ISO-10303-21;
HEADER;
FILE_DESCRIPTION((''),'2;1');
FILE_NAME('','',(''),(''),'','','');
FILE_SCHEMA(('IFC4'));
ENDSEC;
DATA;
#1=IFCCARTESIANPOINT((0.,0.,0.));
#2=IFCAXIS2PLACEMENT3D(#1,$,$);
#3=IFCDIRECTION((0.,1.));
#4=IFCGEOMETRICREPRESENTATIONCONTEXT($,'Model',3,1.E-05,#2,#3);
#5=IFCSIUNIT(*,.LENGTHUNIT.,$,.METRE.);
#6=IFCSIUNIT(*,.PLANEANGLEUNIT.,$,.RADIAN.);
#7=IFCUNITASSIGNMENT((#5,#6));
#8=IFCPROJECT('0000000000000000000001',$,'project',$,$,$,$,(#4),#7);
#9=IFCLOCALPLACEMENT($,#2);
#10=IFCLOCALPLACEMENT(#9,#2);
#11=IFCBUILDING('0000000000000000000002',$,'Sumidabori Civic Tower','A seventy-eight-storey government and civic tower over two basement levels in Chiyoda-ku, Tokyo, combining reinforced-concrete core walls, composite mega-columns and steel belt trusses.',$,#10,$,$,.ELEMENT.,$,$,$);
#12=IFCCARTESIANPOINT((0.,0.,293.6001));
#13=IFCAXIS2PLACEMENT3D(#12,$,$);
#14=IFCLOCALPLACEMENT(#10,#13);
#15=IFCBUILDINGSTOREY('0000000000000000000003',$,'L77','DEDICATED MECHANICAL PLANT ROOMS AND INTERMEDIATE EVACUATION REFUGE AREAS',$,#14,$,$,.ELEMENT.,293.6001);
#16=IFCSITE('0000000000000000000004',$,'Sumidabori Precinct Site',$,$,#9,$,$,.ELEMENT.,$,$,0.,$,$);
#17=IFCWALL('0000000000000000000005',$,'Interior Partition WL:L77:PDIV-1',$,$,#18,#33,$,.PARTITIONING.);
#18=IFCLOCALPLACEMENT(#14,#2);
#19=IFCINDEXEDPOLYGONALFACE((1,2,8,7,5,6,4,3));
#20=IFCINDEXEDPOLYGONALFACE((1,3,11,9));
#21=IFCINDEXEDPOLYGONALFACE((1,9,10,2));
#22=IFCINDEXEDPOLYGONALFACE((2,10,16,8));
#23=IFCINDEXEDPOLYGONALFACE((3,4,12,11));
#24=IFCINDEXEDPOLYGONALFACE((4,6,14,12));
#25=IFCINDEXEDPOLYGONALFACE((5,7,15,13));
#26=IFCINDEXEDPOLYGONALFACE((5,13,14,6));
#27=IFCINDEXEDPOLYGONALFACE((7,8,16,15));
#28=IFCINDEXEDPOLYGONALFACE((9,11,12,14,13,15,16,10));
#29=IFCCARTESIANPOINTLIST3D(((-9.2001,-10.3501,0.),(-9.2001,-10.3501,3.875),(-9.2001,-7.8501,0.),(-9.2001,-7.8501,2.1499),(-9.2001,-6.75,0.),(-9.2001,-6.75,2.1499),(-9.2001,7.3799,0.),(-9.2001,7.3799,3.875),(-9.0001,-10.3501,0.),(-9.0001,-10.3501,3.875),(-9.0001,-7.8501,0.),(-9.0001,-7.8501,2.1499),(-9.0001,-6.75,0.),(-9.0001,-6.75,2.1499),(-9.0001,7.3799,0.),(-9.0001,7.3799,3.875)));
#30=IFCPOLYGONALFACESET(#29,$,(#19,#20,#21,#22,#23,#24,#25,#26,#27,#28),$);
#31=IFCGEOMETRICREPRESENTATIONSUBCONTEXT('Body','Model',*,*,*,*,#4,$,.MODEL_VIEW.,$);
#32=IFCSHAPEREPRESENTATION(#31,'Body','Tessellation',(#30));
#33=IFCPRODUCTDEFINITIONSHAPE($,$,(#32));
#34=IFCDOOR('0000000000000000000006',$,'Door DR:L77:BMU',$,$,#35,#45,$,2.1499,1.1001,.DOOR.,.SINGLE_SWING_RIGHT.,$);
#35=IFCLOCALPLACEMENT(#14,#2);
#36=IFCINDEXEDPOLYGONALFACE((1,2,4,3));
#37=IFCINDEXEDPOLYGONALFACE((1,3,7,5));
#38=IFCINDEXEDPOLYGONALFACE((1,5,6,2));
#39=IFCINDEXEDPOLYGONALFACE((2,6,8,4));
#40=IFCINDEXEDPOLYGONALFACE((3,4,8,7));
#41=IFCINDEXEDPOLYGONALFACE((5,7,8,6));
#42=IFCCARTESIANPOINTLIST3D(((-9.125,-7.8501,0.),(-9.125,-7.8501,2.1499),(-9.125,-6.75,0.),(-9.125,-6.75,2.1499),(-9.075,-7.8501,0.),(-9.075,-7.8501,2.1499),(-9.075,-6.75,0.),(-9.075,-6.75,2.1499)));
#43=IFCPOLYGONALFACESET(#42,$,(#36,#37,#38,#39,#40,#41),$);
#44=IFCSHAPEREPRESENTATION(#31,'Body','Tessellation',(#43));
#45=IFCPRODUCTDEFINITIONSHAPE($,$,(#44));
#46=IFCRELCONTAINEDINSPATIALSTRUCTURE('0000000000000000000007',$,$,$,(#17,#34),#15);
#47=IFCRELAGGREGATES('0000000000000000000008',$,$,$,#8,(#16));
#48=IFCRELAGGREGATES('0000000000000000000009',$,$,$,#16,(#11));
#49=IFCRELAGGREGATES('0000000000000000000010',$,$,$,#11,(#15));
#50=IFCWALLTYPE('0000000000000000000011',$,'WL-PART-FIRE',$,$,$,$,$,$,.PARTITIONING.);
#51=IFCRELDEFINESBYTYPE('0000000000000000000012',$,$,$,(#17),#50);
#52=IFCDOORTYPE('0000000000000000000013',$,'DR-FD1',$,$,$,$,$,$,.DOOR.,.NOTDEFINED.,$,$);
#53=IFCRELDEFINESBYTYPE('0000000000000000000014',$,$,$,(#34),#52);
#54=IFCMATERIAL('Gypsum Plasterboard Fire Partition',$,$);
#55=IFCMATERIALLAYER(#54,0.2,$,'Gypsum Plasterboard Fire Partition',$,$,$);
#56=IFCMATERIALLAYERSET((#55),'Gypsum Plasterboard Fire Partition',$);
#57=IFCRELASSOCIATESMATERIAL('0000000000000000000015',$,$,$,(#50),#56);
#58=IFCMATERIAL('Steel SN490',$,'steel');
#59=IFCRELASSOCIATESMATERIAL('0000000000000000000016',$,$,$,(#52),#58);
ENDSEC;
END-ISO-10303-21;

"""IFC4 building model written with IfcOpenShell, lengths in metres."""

from ifc_helpers import new_model, si_unit, direction, frame, frame_2d, origin, place, context, subcontext, project, spatial, rectangle, extrude, source, transform, mapped, material, layer, layer_set, type_object, element, fill, save


model = new_model("IFC4")

# Units and contexts
model_context = context("Model", 3, precision=1e-05, world=origin(), true_north=direction((0.0, 1.0)))
body_context = subcontext(model_context, "Body", "Model", "MODEL_VIEW")
ifc_project = project(units=[si_unit("LENGTHUNIT", "METRE"), si_unit("PLANEANGLEUNIT", "RADIAN")], contexts=[model_context])

# Site, building, storey
site_placement = place(None, origin())
site = spatial("IfcSite", under=ifc_project, at=site_placement, Name="Sumidabori Precinct Site", CompositionType="ELEMENT", RefElevation=0.0)
building_placement = place(site_placement, origin())
building = spatial("IfcBuilding", under=site, at=building_placement, Name="Sumidabori Civic Tower", Description="A seventy-eight-storey government and civic tower over two basement levels in Chiyoda-ku, Tokyo, combining reinforced-concrete core walls, composite mega-columns and steel belt trusses.", CompositionType="ELEMENT")
storey_placement = place(building_placement, frame((0.0, 0.0, 293.6001)))
storey = spatial("IfcBuildingStorey", under=building, at=storey_placement, Name="L77", Description="DEDICATED MECHANICAL PLANT ROOMS AND INTERMEDIATE EVACUATION REFUGE AREAS", CompositionType="ELEMENT", Elevation=293.6001)

# Shared definitions
ifc_material_1 = material(Name="Steel SN490", Category="steel")

# Shared definitions
ifc_material_2 = material(Name="Gypsum Plasterboard Fire Partition")
ifc_layer_1 = layer(ifc_material_2, 0.2, Name="Gypsum Plasterboard Fire Partition")
ifc_layer_set_1 = layer_set([ifc_layer_1], Name="Gypsum Plasterboard Fire Partition")
wall_type = type_object("IfcWallType", Name="WL-PART-FIRE", PredefinedType="PARTITIONING", material=ifc_layer_set_1)

# Wall, opening, door
shared_shape_1 = source(origin(), body_context, "Body", "SweptSolid", [
    extrude(rectangle(XDim=17.73, YDim=0.2, at=frame_2d((8.865, 0.0))), origin(), (0.0, 0.0, 1.0), 3.875),
])
wall_1_placement = place(storey_placement, frame((-9.1001, -10.3501, 0.0), z_axis=(0.0, 0.0, 1.0), x_axis=(0.0, 1.0, 0.0)))
wall_1 = element("IfcWall", 1, at=wall_1_placement, inside=storey, type_object=wall_type, Name="Interior Partition WL:L77:PDIV-1", PredefinedType="PARTITIONING", context=body_context, shape_type="MappedRepresentation", body=[
    mapped(shared_shape_1, transform((0.0, 0.0, 0.0), x_axis=(1.0, 0.0, 0.0), y_axis=(0.0, 1.0, 0.0), z_axis=(0.0, 0.0, 1.0), scale=1.0)),
])
opening_placement = place(wall_1_placement, frame((2.5, 0.0, 0.0)))
opening = element("IfcOpeningElement", 2, at=opening_placement, cuts=wall_1, PredefinedType="OPENING", context=body_context, shape_type="SweptSolid", body=[
    extrude(rectangle(XDim=1.1001, YDim=2.1499, at=frame_2d((0.55, 1.075))), frame((0.0, 0.1118, 0.0), z_axis=(0.0, -1.0, 0.0), x_axis=(1.0, 0.0, 0.0)), (0.0, 0.0, 1.0), 0.2239),
])
door_type = type_object("IfcDoorType", Name="DR-FD1", OperationType="NOTDEFINED", PredefinedType="DOOR", material=ifc_material_1)
shared_shape_2 = source(origin(), body_context, "Body", "SweptSolid", [
    extrude(rectangle(XDim=1.1001, YDim=2.1499, at=frame_2d((0.55, 1.075))), frame((0.0, 0.0249, 0.0), z_axis=(0.0, -1.0, 0.0), x_axis=(1.0, 0.0, 0.0)), (0.0, 0.0, 1.0), 0.05),
])
door_placement = place(opening_placement, origin())
door = element("IfcDoor", 3, at=door_placement, inside=storey, type_object=door_type, Name="Door DR:L77:BMU", OperationType="SINGLE_SWING_RIGHT", OverallHeight=2.1499, OverallWidth=1.1001, PredefinedType="DOOR", context=body_context, shape_type="MappedRepresentation", body=[
    mapped(shared_shape_2, transform((0.0, 0.0, 0.0), x_axis=(1.0, 0.0, 0.0), y_axis=(0.0, 1.0, 0.0), z_axis=(0.0, 0.0, 1.0), scale=1.0)),
])
fill(opening, door)

save(model, "model.ifc")
